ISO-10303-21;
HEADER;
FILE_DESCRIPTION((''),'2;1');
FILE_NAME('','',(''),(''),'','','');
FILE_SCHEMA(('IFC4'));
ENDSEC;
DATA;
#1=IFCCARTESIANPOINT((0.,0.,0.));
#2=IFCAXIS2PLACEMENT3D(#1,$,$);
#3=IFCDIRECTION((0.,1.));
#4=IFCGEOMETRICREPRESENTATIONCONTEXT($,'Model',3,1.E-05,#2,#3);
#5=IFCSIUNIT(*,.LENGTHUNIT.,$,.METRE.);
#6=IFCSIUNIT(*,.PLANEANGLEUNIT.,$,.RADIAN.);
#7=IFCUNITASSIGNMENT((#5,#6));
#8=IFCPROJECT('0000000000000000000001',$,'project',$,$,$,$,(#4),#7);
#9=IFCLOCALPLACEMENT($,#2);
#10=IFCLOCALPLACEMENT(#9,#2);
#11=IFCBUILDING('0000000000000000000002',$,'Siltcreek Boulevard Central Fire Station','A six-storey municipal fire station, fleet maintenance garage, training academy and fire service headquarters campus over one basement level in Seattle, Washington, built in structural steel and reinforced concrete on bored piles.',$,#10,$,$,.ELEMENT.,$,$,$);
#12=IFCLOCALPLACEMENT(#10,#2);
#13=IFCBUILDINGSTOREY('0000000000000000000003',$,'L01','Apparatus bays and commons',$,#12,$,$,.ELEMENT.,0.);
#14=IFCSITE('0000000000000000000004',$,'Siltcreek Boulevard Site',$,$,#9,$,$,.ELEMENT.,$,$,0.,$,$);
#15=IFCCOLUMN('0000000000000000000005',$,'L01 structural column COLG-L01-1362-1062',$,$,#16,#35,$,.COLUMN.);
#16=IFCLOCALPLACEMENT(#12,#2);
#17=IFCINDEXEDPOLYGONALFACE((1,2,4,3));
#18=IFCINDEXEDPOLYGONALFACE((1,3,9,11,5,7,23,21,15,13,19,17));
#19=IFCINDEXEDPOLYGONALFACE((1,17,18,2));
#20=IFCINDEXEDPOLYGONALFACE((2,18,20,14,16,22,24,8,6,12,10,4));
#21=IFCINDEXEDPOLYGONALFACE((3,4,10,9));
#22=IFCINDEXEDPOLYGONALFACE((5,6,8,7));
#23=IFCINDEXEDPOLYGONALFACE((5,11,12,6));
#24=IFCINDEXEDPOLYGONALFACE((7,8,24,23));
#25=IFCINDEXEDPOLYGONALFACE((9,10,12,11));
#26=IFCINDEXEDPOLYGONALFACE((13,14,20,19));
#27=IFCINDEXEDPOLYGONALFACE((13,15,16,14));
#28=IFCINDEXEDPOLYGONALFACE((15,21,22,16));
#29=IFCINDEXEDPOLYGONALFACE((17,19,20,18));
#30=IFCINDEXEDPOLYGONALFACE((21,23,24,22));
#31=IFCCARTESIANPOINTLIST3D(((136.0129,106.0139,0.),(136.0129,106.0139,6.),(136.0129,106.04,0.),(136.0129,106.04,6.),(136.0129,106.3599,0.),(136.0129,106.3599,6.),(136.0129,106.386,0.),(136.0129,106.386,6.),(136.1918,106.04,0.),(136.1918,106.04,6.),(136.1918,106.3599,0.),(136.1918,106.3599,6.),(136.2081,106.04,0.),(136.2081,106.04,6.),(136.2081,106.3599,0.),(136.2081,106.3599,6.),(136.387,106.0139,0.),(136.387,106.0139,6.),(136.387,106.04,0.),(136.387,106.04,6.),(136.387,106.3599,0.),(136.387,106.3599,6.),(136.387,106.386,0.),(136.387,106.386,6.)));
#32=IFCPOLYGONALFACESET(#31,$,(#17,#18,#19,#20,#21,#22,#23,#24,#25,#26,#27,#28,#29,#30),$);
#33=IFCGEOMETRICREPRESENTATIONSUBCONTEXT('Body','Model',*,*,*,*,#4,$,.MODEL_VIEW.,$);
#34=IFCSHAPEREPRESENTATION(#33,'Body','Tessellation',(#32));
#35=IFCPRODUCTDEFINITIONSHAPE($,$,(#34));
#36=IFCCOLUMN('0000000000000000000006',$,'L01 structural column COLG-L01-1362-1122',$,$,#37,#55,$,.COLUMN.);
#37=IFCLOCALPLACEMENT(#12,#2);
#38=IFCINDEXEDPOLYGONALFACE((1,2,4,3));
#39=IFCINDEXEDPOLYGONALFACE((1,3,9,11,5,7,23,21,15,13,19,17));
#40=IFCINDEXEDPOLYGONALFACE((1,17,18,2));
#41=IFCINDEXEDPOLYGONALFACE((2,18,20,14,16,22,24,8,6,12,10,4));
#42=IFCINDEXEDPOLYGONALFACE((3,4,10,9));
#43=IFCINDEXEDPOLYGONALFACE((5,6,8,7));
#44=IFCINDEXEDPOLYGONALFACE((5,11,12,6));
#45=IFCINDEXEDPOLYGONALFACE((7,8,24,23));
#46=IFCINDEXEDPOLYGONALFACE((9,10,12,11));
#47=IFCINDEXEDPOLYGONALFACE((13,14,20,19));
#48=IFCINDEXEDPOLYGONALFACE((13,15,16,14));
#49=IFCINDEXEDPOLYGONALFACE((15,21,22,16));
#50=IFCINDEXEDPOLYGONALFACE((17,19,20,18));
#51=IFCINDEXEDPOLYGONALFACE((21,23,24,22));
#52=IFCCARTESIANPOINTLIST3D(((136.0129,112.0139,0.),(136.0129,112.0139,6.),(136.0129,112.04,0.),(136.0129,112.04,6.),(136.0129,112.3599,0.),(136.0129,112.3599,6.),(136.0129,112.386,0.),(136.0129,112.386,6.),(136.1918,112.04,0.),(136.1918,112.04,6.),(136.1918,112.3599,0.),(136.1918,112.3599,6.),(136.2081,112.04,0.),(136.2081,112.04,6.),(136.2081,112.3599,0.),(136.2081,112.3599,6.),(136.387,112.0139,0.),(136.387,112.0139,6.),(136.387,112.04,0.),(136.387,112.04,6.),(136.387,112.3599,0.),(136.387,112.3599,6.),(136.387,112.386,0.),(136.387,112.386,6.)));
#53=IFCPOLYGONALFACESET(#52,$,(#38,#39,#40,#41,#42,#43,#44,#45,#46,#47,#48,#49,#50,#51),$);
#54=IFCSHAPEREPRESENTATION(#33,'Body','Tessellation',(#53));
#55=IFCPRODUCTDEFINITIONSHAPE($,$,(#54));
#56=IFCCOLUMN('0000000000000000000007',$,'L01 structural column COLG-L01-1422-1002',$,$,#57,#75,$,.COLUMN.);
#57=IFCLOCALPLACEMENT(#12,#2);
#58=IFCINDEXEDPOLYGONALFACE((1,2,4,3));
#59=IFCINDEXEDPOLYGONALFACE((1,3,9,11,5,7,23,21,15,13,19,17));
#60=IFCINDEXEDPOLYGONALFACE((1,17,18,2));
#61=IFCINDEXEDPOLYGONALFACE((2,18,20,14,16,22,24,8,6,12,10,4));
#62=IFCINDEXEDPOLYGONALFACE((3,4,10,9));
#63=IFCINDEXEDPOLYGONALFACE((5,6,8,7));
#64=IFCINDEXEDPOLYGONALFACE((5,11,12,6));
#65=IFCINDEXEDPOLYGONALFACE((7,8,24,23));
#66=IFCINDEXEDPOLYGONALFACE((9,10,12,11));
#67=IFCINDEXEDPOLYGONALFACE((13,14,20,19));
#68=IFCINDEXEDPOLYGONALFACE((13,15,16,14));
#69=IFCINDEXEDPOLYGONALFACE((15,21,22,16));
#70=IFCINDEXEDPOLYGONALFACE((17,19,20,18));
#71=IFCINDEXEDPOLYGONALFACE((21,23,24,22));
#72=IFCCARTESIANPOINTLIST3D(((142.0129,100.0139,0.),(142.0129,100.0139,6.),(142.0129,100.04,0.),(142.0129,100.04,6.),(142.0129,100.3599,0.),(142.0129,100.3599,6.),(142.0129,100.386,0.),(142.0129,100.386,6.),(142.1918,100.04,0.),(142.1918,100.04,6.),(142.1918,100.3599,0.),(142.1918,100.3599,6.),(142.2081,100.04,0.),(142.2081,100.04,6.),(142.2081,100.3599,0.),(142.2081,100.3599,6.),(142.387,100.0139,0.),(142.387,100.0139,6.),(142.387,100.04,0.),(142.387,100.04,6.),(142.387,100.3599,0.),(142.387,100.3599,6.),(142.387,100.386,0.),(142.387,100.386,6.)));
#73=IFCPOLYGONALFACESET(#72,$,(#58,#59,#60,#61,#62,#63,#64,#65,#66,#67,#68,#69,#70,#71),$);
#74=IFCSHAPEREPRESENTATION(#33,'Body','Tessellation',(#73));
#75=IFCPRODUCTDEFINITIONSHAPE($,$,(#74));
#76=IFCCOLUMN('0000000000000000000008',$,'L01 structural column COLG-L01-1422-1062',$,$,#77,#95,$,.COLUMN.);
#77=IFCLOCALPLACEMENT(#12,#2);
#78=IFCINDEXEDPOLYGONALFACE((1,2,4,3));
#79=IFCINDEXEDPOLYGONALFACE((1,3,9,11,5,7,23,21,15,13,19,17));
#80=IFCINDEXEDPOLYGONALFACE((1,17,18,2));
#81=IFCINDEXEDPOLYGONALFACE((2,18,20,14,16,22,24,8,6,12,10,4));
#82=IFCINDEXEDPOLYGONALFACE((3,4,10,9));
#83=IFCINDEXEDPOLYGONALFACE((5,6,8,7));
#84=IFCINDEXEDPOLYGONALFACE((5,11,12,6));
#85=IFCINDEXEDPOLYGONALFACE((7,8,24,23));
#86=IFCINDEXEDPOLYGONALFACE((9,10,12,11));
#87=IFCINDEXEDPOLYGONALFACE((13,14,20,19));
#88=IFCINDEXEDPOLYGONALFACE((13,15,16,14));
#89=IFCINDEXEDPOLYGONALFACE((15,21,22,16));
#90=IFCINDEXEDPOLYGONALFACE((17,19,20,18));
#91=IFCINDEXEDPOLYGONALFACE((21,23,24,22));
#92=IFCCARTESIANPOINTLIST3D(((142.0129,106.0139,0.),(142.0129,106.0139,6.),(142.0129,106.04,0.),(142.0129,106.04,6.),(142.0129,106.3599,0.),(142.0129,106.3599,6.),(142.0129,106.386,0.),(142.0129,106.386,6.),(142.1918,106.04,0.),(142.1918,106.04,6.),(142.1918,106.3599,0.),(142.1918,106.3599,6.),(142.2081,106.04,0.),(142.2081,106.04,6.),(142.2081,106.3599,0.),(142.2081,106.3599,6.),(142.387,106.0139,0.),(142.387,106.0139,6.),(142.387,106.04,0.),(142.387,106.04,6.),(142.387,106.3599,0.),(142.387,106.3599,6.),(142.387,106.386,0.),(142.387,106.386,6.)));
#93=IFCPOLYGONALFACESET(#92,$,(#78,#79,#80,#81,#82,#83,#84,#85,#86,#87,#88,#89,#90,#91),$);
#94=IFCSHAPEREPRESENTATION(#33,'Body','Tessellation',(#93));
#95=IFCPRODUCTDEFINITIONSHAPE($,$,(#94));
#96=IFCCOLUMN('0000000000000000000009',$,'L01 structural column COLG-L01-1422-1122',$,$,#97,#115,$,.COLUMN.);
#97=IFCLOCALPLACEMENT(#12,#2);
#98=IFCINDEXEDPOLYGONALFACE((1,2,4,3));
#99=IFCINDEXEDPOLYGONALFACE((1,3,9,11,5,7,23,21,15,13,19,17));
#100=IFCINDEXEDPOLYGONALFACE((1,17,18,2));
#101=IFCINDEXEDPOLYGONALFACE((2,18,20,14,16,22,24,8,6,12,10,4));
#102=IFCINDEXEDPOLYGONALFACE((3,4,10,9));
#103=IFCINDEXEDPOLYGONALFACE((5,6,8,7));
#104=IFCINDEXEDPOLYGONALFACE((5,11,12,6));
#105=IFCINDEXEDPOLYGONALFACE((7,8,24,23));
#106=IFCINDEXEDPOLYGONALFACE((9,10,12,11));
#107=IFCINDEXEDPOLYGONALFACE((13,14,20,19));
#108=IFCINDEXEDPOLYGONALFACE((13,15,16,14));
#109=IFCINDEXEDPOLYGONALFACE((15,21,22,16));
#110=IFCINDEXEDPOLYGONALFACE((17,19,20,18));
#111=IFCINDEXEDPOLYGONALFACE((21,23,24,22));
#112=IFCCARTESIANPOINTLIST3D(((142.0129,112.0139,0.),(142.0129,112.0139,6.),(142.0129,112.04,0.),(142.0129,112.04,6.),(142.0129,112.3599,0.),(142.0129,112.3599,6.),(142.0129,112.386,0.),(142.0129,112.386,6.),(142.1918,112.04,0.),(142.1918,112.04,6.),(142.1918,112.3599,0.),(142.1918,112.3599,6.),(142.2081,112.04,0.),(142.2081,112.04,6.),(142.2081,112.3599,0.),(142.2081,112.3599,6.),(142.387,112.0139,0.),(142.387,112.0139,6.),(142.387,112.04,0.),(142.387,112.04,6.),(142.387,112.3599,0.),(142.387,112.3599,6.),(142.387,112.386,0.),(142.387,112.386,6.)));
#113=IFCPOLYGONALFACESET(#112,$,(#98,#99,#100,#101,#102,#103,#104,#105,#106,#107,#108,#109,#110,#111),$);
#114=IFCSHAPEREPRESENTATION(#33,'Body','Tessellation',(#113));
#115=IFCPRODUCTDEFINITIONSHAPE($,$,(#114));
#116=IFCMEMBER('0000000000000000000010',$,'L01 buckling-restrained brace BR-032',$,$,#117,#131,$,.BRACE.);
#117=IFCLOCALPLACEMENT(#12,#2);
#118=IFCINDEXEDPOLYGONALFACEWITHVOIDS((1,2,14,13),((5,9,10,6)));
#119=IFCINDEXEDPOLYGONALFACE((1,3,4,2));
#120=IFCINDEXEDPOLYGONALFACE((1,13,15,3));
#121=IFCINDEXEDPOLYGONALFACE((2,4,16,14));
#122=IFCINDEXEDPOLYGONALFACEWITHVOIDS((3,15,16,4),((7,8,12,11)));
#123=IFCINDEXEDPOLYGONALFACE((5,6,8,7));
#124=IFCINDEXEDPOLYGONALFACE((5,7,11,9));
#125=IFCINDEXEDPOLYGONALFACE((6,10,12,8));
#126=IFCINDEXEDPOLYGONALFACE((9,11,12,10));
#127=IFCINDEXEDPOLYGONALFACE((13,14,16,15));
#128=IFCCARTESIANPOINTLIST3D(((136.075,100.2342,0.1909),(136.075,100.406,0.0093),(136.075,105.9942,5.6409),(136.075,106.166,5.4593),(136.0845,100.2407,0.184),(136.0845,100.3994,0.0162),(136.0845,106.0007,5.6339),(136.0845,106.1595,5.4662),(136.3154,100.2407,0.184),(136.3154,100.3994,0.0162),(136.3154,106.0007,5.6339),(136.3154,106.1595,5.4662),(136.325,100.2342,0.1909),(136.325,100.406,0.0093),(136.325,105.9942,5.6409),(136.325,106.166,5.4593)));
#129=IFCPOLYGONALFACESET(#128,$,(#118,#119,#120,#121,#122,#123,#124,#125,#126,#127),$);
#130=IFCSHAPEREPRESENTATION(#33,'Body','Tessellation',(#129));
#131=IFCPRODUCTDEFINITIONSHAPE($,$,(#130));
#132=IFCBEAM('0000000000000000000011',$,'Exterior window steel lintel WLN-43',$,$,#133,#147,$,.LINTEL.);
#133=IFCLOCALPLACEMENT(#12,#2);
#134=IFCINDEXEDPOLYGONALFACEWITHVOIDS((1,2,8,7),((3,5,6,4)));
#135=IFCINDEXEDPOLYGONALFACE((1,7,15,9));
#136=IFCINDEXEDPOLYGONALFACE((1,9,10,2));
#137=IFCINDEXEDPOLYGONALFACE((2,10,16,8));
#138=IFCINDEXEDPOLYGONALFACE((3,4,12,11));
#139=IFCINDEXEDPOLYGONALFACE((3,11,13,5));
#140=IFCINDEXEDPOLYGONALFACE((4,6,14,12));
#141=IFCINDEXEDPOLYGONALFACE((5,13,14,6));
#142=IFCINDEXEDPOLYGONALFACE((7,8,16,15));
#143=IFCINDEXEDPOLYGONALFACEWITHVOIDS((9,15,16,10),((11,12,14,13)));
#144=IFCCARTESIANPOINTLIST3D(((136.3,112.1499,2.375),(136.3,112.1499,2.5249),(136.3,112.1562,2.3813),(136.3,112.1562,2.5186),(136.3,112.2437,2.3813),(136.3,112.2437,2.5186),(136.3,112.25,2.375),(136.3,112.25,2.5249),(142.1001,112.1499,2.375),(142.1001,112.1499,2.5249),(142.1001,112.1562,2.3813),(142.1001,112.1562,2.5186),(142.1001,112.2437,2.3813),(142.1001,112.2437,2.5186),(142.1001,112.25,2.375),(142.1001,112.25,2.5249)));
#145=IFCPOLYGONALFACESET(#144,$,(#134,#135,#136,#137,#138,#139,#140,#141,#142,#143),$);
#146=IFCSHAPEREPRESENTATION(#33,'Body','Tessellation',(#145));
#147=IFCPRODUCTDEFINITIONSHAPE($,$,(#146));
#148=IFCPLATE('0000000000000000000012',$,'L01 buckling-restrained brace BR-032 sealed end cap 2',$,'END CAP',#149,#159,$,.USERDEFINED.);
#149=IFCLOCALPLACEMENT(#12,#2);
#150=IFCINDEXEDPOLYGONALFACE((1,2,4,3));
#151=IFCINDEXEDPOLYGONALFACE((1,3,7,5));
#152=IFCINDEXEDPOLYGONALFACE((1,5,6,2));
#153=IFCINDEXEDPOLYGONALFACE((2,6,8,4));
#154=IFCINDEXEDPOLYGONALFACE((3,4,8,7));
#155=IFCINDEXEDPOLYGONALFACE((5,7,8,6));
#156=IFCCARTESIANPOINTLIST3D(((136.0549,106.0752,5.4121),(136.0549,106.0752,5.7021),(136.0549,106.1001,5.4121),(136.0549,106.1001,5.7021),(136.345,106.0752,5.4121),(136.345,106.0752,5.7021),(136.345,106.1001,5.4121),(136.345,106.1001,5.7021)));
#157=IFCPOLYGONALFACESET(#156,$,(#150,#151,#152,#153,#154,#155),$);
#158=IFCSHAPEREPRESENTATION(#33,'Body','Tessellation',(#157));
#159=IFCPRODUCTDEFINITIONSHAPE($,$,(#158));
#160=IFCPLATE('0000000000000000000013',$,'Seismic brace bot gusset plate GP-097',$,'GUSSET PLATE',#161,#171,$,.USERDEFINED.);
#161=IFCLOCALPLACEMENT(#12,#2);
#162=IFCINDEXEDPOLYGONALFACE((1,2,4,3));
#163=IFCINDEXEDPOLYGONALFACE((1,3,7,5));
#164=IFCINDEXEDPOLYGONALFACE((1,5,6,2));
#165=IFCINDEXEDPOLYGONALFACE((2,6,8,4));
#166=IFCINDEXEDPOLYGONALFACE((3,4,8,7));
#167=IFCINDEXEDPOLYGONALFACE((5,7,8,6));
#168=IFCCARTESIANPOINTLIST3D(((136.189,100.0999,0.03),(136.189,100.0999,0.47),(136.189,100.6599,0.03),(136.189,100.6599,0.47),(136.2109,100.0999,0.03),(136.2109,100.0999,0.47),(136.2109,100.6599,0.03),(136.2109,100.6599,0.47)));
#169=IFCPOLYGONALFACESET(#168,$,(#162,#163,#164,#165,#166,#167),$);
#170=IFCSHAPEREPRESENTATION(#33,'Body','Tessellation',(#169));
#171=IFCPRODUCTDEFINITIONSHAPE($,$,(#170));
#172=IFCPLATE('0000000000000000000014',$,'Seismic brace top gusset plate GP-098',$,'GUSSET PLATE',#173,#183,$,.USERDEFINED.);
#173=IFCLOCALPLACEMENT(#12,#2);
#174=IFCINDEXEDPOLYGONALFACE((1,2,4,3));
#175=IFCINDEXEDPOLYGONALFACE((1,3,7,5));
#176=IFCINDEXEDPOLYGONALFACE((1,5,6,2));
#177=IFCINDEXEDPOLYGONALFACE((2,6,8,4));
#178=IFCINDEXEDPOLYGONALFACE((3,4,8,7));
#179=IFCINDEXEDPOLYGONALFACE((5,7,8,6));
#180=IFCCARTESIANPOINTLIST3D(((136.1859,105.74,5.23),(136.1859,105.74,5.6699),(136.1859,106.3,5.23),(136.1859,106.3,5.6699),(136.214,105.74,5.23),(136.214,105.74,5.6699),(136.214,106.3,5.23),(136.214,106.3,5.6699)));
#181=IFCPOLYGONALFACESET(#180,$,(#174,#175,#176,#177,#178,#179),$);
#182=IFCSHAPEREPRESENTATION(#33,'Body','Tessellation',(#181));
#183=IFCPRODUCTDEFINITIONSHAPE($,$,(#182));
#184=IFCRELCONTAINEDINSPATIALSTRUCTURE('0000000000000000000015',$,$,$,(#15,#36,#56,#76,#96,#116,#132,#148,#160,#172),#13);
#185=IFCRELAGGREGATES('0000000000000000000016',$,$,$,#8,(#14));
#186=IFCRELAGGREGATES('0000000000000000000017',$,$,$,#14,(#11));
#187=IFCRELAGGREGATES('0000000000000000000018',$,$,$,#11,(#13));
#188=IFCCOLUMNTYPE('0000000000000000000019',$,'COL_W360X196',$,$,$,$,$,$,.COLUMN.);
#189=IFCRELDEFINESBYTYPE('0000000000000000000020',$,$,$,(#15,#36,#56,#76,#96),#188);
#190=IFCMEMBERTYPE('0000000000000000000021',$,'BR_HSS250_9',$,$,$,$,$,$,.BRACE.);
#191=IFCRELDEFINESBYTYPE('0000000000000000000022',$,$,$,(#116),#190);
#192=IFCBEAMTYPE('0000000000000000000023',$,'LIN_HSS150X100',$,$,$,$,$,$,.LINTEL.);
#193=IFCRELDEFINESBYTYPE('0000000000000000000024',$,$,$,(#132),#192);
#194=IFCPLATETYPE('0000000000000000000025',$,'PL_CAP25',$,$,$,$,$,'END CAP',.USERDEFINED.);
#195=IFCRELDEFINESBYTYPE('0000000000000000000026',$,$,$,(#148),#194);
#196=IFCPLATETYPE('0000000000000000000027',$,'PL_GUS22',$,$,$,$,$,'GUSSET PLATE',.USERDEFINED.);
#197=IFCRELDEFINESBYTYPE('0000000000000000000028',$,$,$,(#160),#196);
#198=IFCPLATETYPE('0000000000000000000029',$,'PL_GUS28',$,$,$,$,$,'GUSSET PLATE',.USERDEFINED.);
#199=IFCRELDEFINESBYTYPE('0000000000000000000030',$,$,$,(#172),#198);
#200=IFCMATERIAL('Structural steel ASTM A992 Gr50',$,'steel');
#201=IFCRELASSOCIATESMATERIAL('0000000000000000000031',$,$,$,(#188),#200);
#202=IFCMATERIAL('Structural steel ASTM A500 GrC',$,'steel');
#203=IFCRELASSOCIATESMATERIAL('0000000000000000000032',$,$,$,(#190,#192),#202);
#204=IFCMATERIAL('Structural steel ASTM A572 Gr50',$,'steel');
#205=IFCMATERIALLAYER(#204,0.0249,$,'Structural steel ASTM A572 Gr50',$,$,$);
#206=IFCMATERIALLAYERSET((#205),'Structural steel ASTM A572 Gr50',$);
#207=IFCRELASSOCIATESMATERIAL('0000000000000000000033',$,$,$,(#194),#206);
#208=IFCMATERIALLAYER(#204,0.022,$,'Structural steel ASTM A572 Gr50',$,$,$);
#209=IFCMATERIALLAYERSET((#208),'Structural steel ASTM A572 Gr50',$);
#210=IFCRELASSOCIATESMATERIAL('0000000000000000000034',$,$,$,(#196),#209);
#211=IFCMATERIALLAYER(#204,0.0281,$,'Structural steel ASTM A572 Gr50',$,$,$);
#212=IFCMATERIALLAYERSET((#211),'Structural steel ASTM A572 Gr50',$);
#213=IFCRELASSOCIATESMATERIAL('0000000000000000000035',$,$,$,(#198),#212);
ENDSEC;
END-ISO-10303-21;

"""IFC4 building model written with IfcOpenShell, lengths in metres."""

from ifc_helpers import new_model, si_unit, direction, frame, origin, origin_2d, place, context, subcontext, project, spatial, rectangle, hollow_rectangle, i_section, extrude, material, layer, layer_set, material_profile, profile_set, type_object, element, save


model = new_model("IFC4")

# Units and contexts
model_context = context("Model", 3, precision=1e-05, world=origin(), true_north=direction((0.0, 1.0)))
body_context = subcontext(model_context, "Body", "Model", "MODEL_VIEW")
ifc_project = project(units=[si_unit("LENGTHUNIT", "METRE"), si_unit("PLANEANGLEUNIT", "RADIAN")], contexts=[model_context])

# Site, building, storey
site_placement = place(None, origin())
site = spatial("IfcSite", under=ifc_project, at=site_placement, Name="Siltcreek Boulevard Site", CompositionType="ELEMENT", RefElevation=0.0)
building_placement = place(site_placement, origin())
building = spatial("IfcBuilding", under=site, at=building_placement, Name="Siltcreek Boulevard Central Fire Station", Description="A six-storey municipal fire station, fleet maintenance garage, training academy and fire service headquarters campus over one basement level in Seattle, Washington, built in structural steel and reinforced concrete on bored piles.", CompositionType="ELEMENT")
storey_placement = place(building_placement, origin())
storey = spatial("IfcBuildingStorey", under=building, at=storey_placement, Name="L01", Description="Apparatus bays and commons", CompositionType="ELEMENT", Elevation=0.0)

# Columns
ifc_material_1 = material(Name="Structural steel ASTM A992 Gr50", Category="steel")
ifc_material_profile_1 = material_profile(ifc_material_1, i_section(OverallWidth=0.374, OverallDepth=0.3721, WebThickness=0.0164, FlangeThickness=0.0261, at=origin_2d()), Name="W360X196")
ifc_profile_set_1 = profile_set([ifc_material_profile_1], Name="Structural steel ASTM A992 Gr50")
column_type = type_object("IfcColumnType", Name="COL_W360X196", PredefinedType="COLUMN", material=ifc_profile_set_1)
for number, where, z_axis, x_axis, name in (
    (1, (136.2, 106.2, 0.0), (0.0, 0.0, 1.0), (1.0, 0.0, 0.0), "L01 structural column COLG-L01-1362-1062"),
    (2, (136.2, 112.2, 0.0), (0.0, 0.0, 1.0), (1.0, 0.0, 0.0), "L01 structural column COLG-L01-1362-1122"),
    (3, (142.2, 100.2, 0.0), (0.0, 0.0, 1.0), (1.0, 0.0, 0.0), "L01 structural column COLG-L01-1422-1002"),
    (4, (142.2, 106.2, 0.0), (0.0, 0.0, 1.0), (1.0, 0.0, 0.0), "L01 structural column COLG-L01-1422-1062"),
    (5, (142.2, 112.2, 0.0), (0.0, 0.0, 1.0), (1.0, 0.0, 0.0), "L01 structural column COLG-L01-1422-1122"),
):
    element("IfcColumn", number, at=place(storey_placement, frame(where, z_axis=z_axis, x_axis=x_axis)), inside=storey, type_object=column_type, Name=name, PredefinedType="COLUMN", context=body_context, shape_type="SweptSolid", body=[
        extrude(i_section(OverallWidth=0.374, OverallDepth=0.3721, WebThickness=0.0164, FlangeThickness=0.0261, at=origin_2d()), origin(), (0.0, 0.0, 1.0), 6.0),
    ])

# Member
ifc_material_2 = material(Name="Structural steel ASTM A500 GrC", Category="steel")
ifc_material_profile_2 = material_profile(ifc_material_2, hollow_rectangle(XDim=0.25, YDim=0.25, WallThickness=0.0095, at=origin_2d()), Name="HSS250X250X9.5")
ifc_profile_set_2 = profile_set([ifc_material_profile_2], Name="Structural steel ASTM A500 GrC")
member_type = type_object("IfcMemberType", Name="BR_HSS250_9", PredefinedType="BRACE", material=ifc_profile_set_2)
member_placement = place(storey_placement, frame((136.2, 100.3201, 0.1001), z_axis=(0.0, 0.726387, 0.687286), x_axis=(-1.0, 0.0, 0.0)))
element("IfcMember", 6, at=member_placement, inside=storey, type_object=member_type, Name="L01 buckling-restrained brace BR-032", PredefinedType="BRACE", context=body_context, shape_type="SweptSolid", body=[
    extrude(hollow_rectangle(XDim=0.25, YDim=0.25, WallThickness=0.0095, at=origin_2d()), origin(), (0.0, 0.0, 1.0), 7.9297),
])

# Beam
ifc_material_profile_3 = material_profile(ifc_material_2, hollow_rectangle(XDim=0.1001, YDim=0.1499, WallThickness=0.0063, at=origin_2d()), Name="HSS150X100X6.4")
ifc_profile_set_3 = profile_set([ifc_material_profile_3], Name="Structural steel ASTM A500 GrC")
beam_type = type_object("IfcBeamType", Name="LIN_HSS150X100", PredefinedType="LINTEL", material=ifc_profile_set_3)
beam_placement = place(storey_placement, frame((142.1001, 112.2, 2.45), z_axis=(-1.0, 0.0, 0.0), x_axis=(0.0, -1.0, 0.0)))
element("IfcBeam", 7, at=beam_placement, inside=storey, type_object=beam_type, Name="Exterior window steel lintel WLN-43", PredefinedType="LINTEL", context=body_context, shape_type="SweptSolid", body=[
    extrude(hollow_rectangle(XDim=0.1001, YDim=0.1499, WallThickness=0.0063, at=origin_2d()), origin(), (0.0, 0.0, 1.0), 5.8),
])

# Plates
ifc_material_3 = material(Name="Structural steel ASTM A572 Gr50", Category="steel")
ifc_layer_1 = layer(ifc_material_3, 0.0249, Name="Structural steel ASTM A572 Gr50")
ifc_layer_set_1 = layer_set([ifc_layer_1], Name="Structural steel ASTM A572 Gr50")
plate_type_1 = type_object("IfcPlateType", Name="PL_CAP25", ElementType="END CAP", PredefinedType="USERDEFINED", material=ifc_layer_set_1)
plate_1_placement = place(storey_placement, frame((136.2, 106.0876, 5.4121), z_axis=(0.0, 0.0, 1.0), x_axis=(0.0, 1.0, 0.0)))
element("IfcPlate", 8, at=plate_1_placement, inside=storey, type_object=plate_type_1, Name="L01 buckling-restrained brace BR-032 sealed end cap 2", ObjectType="END CAP", PredefinedType="USERDEFINED", context=body_context, shape_type="SweptSolid", body=[
    extrude(rectangle(XDim=0.0249, YDim=0.29, at=origin_2d()), origin(), (0.0, 0.0, 1.0), 0.29),
])
ifc_layer_2 = layer(ifc_material_3, 0.022, Name="Structural steel ASTM A572 Gr50")
ifc_layer_set_2 = layer_set([ifc_layer_2], Name="Structural steel ASTM A572 Gr50")
plate_type_2 = type_object("IfcPlateType", Name="PL_GUS22", ElementType="GUSSET PLATE", PredefinedType="USERDEFINED", material=ifc_layer_set_2)
plate_2_placement = place(storey_placement, frame((136.2, 100.3799, 0.03), z_axis=(0.0, 0.0, 1.0), x_axis=(0.0, 1.0, 0.0)))
element("IfcPlate", 9, at=plate_2_placement, inside=storey, type_object=plate_type_2, Name="Seismic brace bot gusset plate GP-097", ObjectType="GUSSET PLATE", PredefinedType="USERDEFINED", context=body_context, shape_type="SweptSolid", body=[
    extrude(rectangle(XDim=0.5601, YDim=0.022, at=origin_2d()), origin(), (0.0, 0.0, 1.0), 0.4399),
])
ifc_layer_3 = layer(ifc_material_3, 0.0281, Name="Structural steel ASTM A572 Gr50")
ifc_layer_set_3 = layer_set([ifc_layer_3], Name="Structural steel ASTM A572 Gr50")
plate_type_3 = type_object("IfcPlateType", Name="PL_GUS28", ElementType="GUSSET PLATE", PredefinedType="USERDEFINED", material=ifc_layer_set_3)
plate_3_placement = place(storey_placement, frame((136.2, 106.02, 5.23), z_axis=(0.0, 0.0, 1.0), x_axis=(0.0, 1.0, 0.0)))
element("IfcPlate", 10, at=plate_3_placement, inside=storey, type_object=plate_type_3, Name="Seismic brace top gusset plate GP-098", ObjectType="GUSSET PLATE", PredefinedType="USERDEFINED", context=body_context, shape_type="SweptSolid", body=[
    extrude(rectangle(XDim=0.5601, YDim=0.0281, at=origin_2d()), origin(), (0.0, 0.0, 1.0), 0.4399),
])

save(model, "model.ifc")
